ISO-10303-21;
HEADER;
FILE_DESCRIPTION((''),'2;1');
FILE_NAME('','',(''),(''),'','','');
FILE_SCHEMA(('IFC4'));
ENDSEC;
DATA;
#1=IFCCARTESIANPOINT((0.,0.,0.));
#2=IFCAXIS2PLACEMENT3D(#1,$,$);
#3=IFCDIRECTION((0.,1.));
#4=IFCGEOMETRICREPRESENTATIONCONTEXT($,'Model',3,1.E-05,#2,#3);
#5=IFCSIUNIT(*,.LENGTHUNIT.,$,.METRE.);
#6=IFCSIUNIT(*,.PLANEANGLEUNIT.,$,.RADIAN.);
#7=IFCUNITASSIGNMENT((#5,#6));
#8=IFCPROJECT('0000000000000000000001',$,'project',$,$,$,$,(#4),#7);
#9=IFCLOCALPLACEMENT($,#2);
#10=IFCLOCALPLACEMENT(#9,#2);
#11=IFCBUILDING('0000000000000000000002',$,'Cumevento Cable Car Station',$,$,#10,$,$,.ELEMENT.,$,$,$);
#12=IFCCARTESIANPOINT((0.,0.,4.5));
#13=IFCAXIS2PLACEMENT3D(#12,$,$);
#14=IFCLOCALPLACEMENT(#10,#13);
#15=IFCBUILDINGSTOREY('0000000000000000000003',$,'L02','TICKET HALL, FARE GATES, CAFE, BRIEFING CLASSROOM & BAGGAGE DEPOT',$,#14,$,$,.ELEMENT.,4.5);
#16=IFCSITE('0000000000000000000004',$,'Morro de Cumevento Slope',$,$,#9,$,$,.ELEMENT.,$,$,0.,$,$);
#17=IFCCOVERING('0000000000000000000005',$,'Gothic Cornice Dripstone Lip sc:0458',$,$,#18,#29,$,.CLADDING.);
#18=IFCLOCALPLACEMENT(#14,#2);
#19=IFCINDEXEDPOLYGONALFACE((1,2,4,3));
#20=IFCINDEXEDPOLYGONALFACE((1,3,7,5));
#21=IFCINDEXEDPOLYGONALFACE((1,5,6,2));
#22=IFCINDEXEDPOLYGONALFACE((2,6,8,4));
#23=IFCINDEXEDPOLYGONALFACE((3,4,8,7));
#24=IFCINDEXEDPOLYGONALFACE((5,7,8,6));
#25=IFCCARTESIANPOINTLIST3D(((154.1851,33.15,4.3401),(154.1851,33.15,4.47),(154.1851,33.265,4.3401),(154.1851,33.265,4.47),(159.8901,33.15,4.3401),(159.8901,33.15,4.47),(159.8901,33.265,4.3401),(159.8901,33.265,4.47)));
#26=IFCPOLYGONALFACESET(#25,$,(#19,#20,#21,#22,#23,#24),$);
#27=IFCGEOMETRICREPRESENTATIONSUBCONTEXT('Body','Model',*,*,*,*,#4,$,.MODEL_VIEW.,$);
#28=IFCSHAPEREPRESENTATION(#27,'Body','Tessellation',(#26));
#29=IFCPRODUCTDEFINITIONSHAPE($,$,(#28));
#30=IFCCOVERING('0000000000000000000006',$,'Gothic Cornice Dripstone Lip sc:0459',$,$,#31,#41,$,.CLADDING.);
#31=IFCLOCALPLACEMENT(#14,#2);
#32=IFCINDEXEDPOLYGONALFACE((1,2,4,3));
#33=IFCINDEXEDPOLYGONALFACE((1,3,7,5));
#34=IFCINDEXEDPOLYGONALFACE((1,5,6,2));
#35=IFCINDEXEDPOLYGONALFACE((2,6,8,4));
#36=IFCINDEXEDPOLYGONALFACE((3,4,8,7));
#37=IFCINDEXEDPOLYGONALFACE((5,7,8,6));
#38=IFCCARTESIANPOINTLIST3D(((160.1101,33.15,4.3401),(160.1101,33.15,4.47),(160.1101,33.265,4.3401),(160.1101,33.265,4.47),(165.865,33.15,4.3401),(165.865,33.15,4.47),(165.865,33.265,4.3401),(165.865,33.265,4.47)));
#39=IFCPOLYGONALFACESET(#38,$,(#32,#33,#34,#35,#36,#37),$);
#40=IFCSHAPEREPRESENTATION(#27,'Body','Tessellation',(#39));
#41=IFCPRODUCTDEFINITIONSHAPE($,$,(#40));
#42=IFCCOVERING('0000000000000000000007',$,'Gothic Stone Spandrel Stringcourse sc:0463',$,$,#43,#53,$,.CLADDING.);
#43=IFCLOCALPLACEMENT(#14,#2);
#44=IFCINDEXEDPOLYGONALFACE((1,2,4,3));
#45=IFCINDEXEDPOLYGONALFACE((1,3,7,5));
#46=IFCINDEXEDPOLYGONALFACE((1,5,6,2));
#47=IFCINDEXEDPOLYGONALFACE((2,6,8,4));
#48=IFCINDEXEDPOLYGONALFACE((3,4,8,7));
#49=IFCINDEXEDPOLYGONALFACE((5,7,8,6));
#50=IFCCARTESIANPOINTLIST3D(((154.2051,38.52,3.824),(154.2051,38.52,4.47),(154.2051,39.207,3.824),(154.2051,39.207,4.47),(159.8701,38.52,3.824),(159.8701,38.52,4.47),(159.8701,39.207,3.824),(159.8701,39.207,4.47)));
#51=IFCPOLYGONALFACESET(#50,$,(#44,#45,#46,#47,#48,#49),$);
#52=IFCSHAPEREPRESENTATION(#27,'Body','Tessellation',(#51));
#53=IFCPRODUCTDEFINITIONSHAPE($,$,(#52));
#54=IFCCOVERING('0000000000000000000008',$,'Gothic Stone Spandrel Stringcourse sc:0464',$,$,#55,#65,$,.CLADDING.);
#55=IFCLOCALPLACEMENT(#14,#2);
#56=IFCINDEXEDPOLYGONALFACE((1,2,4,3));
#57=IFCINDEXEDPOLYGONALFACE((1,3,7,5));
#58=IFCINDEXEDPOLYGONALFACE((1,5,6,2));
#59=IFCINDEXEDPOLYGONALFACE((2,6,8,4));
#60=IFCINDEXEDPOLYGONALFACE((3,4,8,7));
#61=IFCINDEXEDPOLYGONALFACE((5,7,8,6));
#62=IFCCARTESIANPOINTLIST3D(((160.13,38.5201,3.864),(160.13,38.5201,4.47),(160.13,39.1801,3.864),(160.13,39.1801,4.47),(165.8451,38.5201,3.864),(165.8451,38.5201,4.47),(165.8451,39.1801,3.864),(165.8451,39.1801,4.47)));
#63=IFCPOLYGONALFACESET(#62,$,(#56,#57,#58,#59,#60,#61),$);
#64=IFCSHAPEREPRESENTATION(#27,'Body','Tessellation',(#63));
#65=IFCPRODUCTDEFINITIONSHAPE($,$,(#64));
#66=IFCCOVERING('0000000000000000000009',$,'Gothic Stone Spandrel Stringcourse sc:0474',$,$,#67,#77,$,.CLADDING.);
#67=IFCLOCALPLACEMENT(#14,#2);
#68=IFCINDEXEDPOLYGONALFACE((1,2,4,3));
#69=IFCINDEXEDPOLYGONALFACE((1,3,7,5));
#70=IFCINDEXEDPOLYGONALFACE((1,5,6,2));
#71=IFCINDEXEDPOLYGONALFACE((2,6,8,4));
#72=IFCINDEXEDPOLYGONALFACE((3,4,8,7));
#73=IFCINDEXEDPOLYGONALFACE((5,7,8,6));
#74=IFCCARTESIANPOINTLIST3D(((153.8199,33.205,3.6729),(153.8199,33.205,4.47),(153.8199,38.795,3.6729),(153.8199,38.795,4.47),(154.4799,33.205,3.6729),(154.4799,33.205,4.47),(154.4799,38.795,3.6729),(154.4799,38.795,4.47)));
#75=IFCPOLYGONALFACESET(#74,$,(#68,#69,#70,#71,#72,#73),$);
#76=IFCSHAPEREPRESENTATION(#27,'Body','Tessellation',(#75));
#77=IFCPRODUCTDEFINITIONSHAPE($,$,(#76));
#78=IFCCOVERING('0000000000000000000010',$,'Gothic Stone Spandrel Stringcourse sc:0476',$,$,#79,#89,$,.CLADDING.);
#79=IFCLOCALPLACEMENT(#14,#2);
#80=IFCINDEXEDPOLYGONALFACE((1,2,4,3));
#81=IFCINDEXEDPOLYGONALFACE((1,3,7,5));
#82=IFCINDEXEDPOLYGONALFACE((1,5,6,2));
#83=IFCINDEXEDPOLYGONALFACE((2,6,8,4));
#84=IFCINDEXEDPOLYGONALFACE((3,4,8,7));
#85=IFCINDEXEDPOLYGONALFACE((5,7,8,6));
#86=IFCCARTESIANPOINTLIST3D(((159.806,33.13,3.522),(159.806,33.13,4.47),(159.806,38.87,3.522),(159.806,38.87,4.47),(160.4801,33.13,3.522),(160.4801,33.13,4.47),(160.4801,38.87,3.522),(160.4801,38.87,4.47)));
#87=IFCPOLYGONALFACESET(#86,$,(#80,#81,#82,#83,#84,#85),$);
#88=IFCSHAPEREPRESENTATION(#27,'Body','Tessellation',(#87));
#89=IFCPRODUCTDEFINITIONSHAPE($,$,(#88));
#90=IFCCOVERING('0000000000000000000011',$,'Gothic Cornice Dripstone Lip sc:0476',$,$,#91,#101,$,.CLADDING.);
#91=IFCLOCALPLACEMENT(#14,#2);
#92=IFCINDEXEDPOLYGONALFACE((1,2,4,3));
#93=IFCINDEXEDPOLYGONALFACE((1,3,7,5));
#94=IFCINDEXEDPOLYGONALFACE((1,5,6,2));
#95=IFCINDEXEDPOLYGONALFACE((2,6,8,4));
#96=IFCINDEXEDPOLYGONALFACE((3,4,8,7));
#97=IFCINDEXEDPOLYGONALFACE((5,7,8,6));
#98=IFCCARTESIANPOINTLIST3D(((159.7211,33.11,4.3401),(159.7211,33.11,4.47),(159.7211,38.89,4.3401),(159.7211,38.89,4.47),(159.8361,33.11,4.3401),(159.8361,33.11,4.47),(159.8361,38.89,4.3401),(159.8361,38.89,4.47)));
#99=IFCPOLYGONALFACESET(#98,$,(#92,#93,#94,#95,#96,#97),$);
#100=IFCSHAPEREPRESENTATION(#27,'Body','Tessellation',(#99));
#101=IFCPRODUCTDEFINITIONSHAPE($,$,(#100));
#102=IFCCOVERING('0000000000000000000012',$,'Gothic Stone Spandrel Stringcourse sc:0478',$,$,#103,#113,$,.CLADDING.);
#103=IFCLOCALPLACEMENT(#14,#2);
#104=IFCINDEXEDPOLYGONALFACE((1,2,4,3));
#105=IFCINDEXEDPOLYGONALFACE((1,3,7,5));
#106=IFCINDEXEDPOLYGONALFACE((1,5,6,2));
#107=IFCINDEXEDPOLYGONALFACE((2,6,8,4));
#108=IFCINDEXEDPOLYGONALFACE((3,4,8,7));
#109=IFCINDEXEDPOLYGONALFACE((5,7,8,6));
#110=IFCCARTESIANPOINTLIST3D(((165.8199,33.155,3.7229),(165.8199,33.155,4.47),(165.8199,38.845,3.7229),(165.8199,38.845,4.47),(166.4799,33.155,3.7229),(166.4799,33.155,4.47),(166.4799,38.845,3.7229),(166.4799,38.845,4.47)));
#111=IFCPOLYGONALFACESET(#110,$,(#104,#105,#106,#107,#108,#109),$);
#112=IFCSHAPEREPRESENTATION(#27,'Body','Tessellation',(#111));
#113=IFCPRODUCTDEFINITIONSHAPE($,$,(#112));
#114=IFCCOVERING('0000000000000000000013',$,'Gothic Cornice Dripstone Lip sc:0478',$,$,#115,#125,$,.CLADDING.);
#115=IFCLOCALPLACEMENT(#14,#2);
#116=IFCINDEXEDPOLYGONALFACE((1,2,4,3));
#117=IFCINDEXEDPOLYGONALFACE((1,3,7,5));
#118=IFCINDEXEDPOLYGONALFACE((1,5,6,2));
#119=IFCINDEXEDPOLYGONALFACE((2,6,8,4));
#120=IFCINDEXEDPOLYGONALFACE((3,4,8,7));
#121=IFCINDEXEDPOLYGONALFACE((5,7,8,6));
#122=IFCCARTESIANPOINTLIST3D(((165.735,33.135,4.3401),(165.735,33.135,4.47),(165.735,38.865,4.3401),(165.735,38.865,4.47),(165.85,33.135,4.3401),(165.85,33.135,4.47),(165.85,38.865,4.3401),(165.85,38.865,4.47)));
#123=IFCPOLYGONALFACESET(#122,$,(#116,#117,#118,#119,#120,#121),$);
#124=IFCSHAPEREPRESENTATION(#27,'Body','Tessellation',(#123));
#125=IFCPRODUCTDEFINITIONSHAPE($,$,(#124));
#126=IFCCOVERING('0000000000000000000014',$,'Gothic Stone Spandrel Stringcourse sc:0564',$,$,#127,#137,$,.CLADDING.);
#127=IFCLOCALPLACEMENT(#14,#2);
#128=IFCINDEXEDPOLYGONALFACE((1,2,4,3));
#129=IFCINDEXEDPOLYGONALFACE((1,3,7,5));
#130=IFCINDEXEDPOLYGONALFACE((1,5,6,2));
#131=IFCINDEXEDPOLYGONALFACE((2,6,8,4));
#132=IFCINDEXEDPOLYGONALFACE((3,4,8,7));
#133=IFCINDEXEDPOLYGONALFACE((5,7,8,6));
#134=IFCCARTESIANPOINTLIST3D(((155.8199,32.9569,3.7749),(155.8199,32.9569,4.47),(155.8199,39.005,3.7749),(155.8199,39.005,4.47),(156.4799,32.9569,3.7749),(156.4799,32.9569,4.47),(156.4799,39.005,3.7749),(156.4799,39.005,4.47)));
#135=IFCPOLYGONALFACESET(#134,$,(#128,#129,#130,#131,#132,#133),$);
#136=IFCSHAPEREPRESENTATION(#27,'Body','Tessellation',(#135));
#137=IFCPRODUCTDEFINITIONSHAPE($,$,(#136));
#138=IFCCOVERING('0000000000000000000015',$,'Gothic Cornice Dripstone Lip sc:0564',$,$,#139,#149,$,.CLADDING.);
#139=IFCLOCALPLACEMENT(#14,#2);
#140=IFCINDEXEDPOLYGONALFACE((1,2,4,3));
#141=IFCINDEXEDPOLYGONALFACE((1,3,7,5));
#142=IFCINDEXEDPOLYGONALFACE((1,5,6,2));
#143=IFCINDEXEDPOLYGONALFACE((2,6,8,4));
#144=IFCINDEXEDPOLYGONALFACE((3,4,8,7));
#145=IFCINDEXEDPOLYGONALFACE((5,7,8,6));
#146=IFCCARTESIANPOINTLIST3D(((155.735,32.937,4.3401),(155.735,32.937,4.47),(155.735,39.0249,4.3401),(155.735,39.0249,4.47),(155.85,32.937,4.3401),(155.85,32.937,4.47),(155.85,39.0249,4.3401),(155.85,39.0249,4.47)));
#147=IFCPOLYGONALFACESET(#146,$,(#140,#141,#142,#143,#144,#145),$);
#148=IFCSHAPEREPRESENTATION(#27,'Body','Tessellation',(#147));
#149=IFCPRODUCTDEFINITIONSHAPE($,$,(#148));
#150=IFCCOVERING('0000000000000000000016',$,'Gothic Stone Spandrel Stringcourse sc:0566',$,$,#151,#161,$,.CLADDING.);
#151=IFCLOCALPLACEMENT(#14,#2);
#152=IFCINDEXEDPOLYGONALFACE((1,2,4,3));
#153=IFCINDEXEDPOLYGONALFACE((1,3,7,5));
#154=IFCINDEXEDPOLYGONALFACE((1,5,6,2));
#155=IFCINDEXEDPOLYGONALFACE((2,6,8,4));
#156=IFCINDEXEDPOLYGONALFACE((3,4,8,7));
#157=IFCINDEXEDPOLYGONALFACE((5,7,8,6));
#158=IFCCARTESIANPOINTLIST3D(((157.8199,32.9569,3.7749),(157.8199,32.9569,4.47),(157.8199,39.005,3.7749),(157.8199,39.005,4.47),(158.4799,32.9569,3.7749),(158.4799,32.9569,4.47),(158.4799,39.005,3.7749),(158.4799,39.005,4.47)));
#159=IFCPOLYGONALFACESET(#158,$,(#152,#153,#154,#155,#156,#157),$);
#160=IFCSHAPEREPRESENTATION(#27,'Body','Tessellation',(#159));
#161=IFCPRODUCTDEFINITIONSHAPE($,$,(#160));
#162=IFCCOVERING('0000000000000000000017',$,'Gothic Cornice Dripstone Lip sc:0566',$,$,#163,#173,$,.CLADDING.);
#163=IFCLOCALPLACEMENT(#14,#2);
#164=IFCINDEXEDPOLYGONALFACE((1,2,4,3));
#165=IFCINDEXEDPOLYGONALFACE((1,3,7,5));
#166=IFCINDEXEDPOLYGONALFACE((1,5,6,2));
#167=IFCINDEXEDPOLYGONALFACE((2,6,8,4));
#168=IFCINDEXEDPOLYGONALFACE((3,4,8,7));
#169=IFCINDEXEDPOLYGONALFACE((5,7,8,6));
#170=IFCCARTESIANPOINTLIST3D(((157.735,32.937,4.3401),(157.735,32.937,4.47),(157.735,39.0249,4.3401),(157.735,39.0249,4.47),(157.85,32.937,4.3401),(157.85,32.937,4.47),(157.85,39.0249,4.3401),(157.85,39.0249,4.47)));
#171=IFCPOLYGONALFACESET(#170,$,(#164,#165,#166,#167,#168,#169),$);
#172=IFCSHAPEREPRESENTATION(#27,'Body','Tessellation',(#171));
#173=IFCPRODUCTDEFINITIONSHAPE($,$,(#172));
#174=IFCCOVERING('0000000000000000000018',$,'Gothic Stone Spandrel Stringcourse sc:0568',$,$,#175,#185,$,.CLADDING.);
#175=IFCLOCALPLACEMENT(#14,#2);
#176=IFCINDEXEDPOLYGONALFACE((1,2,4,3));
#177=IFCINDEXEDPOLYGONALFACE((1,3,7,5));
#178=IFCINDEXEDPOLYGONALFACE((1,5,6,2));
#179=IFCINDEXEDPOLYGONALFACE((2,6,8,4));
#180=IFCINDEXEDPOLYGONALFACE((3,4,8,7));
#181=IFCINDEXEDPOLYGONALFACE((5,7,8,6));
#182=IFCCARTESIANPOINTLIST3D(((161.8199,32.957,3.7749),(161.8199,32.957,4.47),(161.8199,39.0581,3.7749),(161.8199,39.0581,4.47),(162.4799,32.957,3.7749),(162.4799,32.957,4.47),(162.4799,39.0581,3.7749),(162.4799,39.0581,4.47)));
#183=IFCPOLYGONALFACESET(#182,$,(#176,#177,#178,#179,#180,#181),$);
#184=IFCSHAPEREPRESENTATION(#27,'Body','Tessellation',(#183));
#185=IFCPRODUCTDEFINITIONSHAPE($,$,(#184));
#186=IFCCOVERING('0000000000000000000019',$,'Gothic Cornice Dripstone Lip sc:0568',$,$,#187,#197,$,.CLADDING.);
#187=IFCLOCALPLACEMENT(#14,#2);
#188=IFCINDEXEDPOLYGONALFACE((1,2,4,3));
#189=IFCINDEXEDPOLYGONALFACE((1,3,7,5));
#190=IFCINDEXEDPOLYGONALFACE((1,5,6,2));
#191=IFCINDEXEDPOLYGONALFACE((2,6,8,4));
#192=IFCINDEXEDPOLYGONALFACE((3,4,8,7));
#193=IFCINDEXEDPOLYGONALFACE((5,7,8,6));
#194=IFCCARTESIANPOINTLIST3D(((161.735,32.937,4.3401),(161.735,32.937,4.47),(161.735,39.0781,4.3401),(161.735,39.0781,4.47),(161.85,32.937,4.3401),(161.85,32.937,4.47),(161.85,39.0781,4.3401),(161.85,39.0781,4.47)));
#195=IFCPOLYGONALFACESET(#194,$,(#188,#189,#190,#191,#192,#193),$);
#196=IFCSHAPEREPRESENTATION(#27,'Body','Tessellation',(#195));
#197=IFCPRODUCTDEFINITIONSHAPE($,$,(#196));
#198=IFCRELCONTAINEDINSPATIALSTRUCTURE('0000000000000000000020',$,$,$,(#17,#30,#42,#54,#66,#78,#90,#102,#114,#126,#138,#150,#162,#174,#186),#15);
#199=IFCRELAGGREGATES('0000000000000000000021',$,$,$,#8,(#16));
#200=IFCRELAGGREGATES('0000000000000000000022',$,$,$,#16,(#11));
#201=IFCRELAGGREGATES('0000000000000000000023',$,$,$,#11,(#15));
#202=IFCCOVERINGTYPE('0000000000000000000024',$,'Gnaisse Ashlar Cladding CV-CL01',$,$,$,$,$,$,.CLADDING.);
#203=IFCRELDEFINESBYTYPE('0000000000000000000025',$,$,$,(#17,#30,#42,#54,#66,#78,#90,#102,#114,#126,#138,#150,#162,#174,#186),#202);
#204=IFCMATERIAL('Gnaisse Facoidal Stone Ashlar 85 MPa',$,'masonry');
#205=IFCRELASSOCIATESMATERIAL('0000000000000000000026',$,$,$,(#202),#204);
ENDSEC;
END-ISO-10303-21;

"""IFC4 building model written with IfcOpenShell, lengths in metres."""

from ifc_helpers import new_model, si_unit, direction, frame, origin, origin_2d, place, context, subcontext, project, spatial, rectangle, extrude, material, type_object, element, save


model = new_model("IFC4")

# Units and contexts
model_context = context("Model", 3, precision=1e-05, world=origin(), true_north=direction((0.0, 1.0)))
body_context = subcontext(model_context, "Body", "Model", "MODEL_VIEW")
ifc_project = project(units=[si_unit("LENGTHUNIT", "METRE"), si_unit("PLANEANGLEUNIT", "RADIAN")], contexts=[model_context])

# Site, building, storey
site_placement = place(None, origin())
site = spatial("IfcSite", under=ifc_project, at=site_placement, Name="Morro de Cumevento Slope", CompositionType="ELEMENT", RefElevation=0.0)
building_placement = place(site_placement, origin())
building = spatial("IfcBuilding", under=site, at=building_placement, Name="Cumevento Cable Car Station", CompositionType="ELEMENT")
storey_placement = place(building_placement, frame((0.0, 0.0, 4.5)))
storey = spatial("IfcBuildingStorey", under=building, at=storey_placement, Name="L02", Description="TICKET HALL, FARE GATES, CAFE, BRIEFING CLASSROOM & BAGGAGE DEPOT", CompositionType="ELEMENT", Elevation=4.5)

# Coverings
ifc_material_1 = material(Name="Gnaisse Facoidal Stone Ashlar 85 MPa", Category="masonry")
covering_type = type_object("IfcCoveringType", Name="Gnaisse Ashlar Cladding CV-CL01", PredefinedType="CLADDING", material=ifc_material_1)
covering_1_placement = place(storey_placement, frame((157.0376, 33.2075, 4.3401), z_axis=(0.0, 0.0, 1.0), x_axis=(1.0, 0.0, 0.0)))
element("IfcCovering", 1, at=covering_1_placement, inside=storey, type_object=covering_type, Name="Gothic Cornice Dripstone Lip sc:0458", PredefinedType="CLADDING", context=body_context, shape_type="SweptSolid", body=[
    extrude(rectangle(XDim=5.7051, YDim=0.115, at=origin_2d()), origin(), (0.0, 0.0, 1.0), 0.1299),
])
covering_2_placement = place(storey_placement, frame((162.9875, 33.2075, 4.3401), z_axis=(0.0, 0.0, 1.0), x_axis=(1.0, 0.0, 0.0)))
element("IfcCovering", 2, at=covering_2_placement, inside=storey, type_object=covering_type, Name="Gothic Cornice Dripstone Lip sc:0459", PredefinedType="CLADDING", context=body_context, shape_type="SweptSolid", body=[
    extrude(rectangle(XDim=5.7549, YDim=0.115, at=origin_2d()), origin(), (0.0, 0.0, 1.0), 0.1299),
])
covering_3_placement = place(storey_placement, frame((157.0376, 38.8635, 3.824), z_axis=(0.0, 0.0, 1.0), x_axis=(1.0, 0.0, 0.0)))
element("IfcCovering", 3, at=covering_3_placement, inside=storey, type_object=covering_type, Name="Gothic Stone Spandrel Stringcourse sc:0463", PredefinedType="CLADDING", context=body_context, shape_type="SweptSolid", body=[
    extrude(rectangle(XDim=5.665, YDim=0.687, at=origin_2d()), origin(), (0.0, 0.0, 1.0), 0.646),
])
covering_4_placement = place(storey_placement, frame((162.9875, 38.8501, 3.864), z_axis=(0.0, 0.0, 1.0), x_axis=(1.0, 0.0, 0.0)))
element("IfcCovering", 4, at=covering_4_placement, inside=storey, type_object=covering_type, Name="Gothic Stone Spandrel Stringcourse sc:0464", PredefinedType="CLADDING", context=body_context, shape_type="SweptSolid", body=[
    extrude(rectangle(XDim=5.7151, YDim=0.6599, at=origin_2d()), origin(), (0.0, 0.0, 1.0), 0.606),
])
covering_5_placement = place(storey_placement, frame((154.1499, 36.0, 3.6729), z_axis=(0.0, 0.0, 1.0), x_axis=(0.0, 1.0, 0.0)))
element("IfcCovering", 5, at=covering_5_placement, inside=storey, type_object=covering_type, Name="Gothic Stone Spandrel Stringcourse sc:0474", PredefinedType="CLADDING", context=body_context, shape_type="SweptSolid", body=[
    extrude(rectangle(XDim=5.5901, YDim=0.6599, at=origin_2d()), origin(), (0.0, 0.0, 1.0), 0.7971),
])
covering_6_placement = place(storey_placement, frame((160.1431, 36.0, 3.522), z_axis=(0.0, 0.0, 1.0), x_axis=(0.0, 1.0, 0.0)))
element("IfcCovering", 6, at=covering_6_placement, inside=storey, type_object=covering_type, Name="Gothic Stone Spandrel Stringcourse sc:0476", PredefinedType="CLADDING", context=body_context, shape_type="SweptSolid", body=[
    extrude(rectangle(XDim=5.74, YDim=0.6741, at=origin_2d()), origin(), (0.0, 0.0, 1.0), 0.948),
])
covering_7_placement = place(storey_placement, frame((159.7786, 36.0, 4.3401), z_axis=(0.0, 0.0, 1.0), x_axis=(0.0, 1.0, 0.0)))
element("IfcCovering", 7, at=covering_7_placement, inside=storey, type_object=covering_type, Name="Gothic Cornice Dripstone Lip sc:0476", PredefinedType="CLADDING", context=body_context, shape_type="SweptSolid", body=[
    extrude(rectangle(XDim=5.78, YDim=0.115, at=origin_2d()), origin(), (0.0, 0.0, 1.0), 0.1299),
])
covering_8_placement = place(storey_placement, frame((166.1499, 36.0, 3.7229), z_axis=(0.0, 0.0, 1.0), x_axis=(0.0, 1.0, 0.0)))
element("IfcCovering", 8, at=covering_8_placement, inside=storey, type_object=covering_type, Name="Gothic Stone Spandrel Stringcourse sc:0478", PredefinedType="CLADDING", context=body_context, shape_type="SweptSolid", body=[
    extrude(rectangle(XDim=5.6899, YDim=0.6599, at=origin_2d()), origin(), (0.0, 0.0, 1.0), 0.7471),
])
covering_9_placement = place(storey_placement, frame((165.7925, 36.0, 4.3401), z_axis=(0.0, 0.0, 1.0), x_axis=(0.0, 1.0, 0.0)))
element("IfcCovering", 9, at=covering_9_placement, inside=storey, type_object=covering_type, Name="Gothic Cornice Dripstone Lip sc:0478", PredefinedType="CLADDING", context=body_context, shape_type="SweptSolid", body=[
    extrude(rectangle(XDim=5.73, YDim=0.115, at=origin_2d()), origin(), (0.0, 0.0, 1.0), 0.1299),
])
covering_10_placement = place(storey_placement, frame((156.1499, 35.981, 3.7749), z_axis=(0.0, 0.0, 1.0), x_axis=(0.0, 1.0, 0.0)))
element("IfcCovering", 10, at=covering_10_placement, inside=storey, type_object=covering_type, Name="Gothic Stone Spandrel Stringcourse sc:0564", PredefinedType="CLADDING", context=body_context, shape_type="SweptSolid", body=[
    extrude(rectangle(XDim=6.0481, YDim=0.6599, at=origin_2d()), origin(), (0.0, 0.0, 1.0), 0.6951),
])
covering_11_placement = place(storey_placement, frame((155.7925, 35.981, 4.3401), z_axis=(0.0, 0.0, 1.0), x_axis=(0.0, 1.0, 0.0)))
element("IfcCovering", 11, at=covering_11_placement, inside=storey, type_object=covering_type, Name="Gothic Cornice Dripstone Lip sc:0564", PredefinedType="CLADDING", context=body_context, shape_type="SweptSolid", body=[
    extrude(rectangle(XDim=6.0879, YDim=0.115, at=origin_2d()), origin(), (0.0, 0.0, 1.0), 0.1299),
])
covering_12_placement = place(storey_placement, frame((158.1499, 35.981, 3.7749), z_axis=(0.0, 0.0, 1.0), x_axis=(0.0, 1.0, 0.0)))
element("IfcCovering", 12, at=covering_12_placement, inside=storey, type_object=covering_type, Name="Gothic Stone Spandrel Stringcourse sc:0566", PredefinedType="CLADDING", context=body_context, shape_type="SweptSolid", body=[
    extrude(rectangle(XDim=6.0481, YDim=0.6599, at=origin_2d()), origin(), (0.0, 0.0, 1.0), 0.6951),
])
covering_13_placement = place(storey_placement, frame((157.7925, 35.981, 4.3401), z_axis=(0.0, 0.0, 1.0), x_axis=(0.0, 1.0, 0.0)))
element("IfcCovering", 13, at=covering_13_placement, inside=storey, type_object=covering_type, Name="Gothic Cornice Dripstone Lip sc:0566", PredefinedType="CLADDING", context=body_context, shape_type="SweptSolid", body=[
    extrude(rectangle(XDim=6.0879, YDim=0.115, at=origin_2d()), origin(), (0.0, 0.0, 1.0), 0.1299),
])
covering_14_placement = place(storey_placement, frame((162.1499, 36.0076, 3.7749), z_axis=(0.0, 0.0, 1.0), x_axis=(0.0, 1.0, 0.0)))
element("IfcCovering", 14, at=covering_14_placement, inside=storey, type_object=covering_type, Name="Gothic Stone Spandrel Stringcourse sc:0568", PredefinedType="CLADDING", context=body_context, shape_type="SweptSolid", body=[
    extrude(rectangle(XDim=6.1011, YDim=0.6599, at=origin_2d()), origin(), (0.0, 0.0, 1.0), 0.6951),
])
covering_15_placement = place(storey_placement, frame((161.7925, 36.0076, 4.3401), z_axis=(0.0, 0.0, 1.0), x_axis=(0.0, 1.0, 0.0)))
element("IfcCovering", 15, at=covering_15_placement, inside=storey, type_object=covering_type, Name="Gothic Cornice Dripstone Lip sc:0568", PredefinedType="CLADDING", context=body_context, shape_type="SweptSolid", body=[
    extrude(rectangle(XDim=6.1411, YDim=0.115, at=origin_2d()), origin(), (0.0, 0.0, 1.0), 0.1299),
])

save(model, "model.ifc")
